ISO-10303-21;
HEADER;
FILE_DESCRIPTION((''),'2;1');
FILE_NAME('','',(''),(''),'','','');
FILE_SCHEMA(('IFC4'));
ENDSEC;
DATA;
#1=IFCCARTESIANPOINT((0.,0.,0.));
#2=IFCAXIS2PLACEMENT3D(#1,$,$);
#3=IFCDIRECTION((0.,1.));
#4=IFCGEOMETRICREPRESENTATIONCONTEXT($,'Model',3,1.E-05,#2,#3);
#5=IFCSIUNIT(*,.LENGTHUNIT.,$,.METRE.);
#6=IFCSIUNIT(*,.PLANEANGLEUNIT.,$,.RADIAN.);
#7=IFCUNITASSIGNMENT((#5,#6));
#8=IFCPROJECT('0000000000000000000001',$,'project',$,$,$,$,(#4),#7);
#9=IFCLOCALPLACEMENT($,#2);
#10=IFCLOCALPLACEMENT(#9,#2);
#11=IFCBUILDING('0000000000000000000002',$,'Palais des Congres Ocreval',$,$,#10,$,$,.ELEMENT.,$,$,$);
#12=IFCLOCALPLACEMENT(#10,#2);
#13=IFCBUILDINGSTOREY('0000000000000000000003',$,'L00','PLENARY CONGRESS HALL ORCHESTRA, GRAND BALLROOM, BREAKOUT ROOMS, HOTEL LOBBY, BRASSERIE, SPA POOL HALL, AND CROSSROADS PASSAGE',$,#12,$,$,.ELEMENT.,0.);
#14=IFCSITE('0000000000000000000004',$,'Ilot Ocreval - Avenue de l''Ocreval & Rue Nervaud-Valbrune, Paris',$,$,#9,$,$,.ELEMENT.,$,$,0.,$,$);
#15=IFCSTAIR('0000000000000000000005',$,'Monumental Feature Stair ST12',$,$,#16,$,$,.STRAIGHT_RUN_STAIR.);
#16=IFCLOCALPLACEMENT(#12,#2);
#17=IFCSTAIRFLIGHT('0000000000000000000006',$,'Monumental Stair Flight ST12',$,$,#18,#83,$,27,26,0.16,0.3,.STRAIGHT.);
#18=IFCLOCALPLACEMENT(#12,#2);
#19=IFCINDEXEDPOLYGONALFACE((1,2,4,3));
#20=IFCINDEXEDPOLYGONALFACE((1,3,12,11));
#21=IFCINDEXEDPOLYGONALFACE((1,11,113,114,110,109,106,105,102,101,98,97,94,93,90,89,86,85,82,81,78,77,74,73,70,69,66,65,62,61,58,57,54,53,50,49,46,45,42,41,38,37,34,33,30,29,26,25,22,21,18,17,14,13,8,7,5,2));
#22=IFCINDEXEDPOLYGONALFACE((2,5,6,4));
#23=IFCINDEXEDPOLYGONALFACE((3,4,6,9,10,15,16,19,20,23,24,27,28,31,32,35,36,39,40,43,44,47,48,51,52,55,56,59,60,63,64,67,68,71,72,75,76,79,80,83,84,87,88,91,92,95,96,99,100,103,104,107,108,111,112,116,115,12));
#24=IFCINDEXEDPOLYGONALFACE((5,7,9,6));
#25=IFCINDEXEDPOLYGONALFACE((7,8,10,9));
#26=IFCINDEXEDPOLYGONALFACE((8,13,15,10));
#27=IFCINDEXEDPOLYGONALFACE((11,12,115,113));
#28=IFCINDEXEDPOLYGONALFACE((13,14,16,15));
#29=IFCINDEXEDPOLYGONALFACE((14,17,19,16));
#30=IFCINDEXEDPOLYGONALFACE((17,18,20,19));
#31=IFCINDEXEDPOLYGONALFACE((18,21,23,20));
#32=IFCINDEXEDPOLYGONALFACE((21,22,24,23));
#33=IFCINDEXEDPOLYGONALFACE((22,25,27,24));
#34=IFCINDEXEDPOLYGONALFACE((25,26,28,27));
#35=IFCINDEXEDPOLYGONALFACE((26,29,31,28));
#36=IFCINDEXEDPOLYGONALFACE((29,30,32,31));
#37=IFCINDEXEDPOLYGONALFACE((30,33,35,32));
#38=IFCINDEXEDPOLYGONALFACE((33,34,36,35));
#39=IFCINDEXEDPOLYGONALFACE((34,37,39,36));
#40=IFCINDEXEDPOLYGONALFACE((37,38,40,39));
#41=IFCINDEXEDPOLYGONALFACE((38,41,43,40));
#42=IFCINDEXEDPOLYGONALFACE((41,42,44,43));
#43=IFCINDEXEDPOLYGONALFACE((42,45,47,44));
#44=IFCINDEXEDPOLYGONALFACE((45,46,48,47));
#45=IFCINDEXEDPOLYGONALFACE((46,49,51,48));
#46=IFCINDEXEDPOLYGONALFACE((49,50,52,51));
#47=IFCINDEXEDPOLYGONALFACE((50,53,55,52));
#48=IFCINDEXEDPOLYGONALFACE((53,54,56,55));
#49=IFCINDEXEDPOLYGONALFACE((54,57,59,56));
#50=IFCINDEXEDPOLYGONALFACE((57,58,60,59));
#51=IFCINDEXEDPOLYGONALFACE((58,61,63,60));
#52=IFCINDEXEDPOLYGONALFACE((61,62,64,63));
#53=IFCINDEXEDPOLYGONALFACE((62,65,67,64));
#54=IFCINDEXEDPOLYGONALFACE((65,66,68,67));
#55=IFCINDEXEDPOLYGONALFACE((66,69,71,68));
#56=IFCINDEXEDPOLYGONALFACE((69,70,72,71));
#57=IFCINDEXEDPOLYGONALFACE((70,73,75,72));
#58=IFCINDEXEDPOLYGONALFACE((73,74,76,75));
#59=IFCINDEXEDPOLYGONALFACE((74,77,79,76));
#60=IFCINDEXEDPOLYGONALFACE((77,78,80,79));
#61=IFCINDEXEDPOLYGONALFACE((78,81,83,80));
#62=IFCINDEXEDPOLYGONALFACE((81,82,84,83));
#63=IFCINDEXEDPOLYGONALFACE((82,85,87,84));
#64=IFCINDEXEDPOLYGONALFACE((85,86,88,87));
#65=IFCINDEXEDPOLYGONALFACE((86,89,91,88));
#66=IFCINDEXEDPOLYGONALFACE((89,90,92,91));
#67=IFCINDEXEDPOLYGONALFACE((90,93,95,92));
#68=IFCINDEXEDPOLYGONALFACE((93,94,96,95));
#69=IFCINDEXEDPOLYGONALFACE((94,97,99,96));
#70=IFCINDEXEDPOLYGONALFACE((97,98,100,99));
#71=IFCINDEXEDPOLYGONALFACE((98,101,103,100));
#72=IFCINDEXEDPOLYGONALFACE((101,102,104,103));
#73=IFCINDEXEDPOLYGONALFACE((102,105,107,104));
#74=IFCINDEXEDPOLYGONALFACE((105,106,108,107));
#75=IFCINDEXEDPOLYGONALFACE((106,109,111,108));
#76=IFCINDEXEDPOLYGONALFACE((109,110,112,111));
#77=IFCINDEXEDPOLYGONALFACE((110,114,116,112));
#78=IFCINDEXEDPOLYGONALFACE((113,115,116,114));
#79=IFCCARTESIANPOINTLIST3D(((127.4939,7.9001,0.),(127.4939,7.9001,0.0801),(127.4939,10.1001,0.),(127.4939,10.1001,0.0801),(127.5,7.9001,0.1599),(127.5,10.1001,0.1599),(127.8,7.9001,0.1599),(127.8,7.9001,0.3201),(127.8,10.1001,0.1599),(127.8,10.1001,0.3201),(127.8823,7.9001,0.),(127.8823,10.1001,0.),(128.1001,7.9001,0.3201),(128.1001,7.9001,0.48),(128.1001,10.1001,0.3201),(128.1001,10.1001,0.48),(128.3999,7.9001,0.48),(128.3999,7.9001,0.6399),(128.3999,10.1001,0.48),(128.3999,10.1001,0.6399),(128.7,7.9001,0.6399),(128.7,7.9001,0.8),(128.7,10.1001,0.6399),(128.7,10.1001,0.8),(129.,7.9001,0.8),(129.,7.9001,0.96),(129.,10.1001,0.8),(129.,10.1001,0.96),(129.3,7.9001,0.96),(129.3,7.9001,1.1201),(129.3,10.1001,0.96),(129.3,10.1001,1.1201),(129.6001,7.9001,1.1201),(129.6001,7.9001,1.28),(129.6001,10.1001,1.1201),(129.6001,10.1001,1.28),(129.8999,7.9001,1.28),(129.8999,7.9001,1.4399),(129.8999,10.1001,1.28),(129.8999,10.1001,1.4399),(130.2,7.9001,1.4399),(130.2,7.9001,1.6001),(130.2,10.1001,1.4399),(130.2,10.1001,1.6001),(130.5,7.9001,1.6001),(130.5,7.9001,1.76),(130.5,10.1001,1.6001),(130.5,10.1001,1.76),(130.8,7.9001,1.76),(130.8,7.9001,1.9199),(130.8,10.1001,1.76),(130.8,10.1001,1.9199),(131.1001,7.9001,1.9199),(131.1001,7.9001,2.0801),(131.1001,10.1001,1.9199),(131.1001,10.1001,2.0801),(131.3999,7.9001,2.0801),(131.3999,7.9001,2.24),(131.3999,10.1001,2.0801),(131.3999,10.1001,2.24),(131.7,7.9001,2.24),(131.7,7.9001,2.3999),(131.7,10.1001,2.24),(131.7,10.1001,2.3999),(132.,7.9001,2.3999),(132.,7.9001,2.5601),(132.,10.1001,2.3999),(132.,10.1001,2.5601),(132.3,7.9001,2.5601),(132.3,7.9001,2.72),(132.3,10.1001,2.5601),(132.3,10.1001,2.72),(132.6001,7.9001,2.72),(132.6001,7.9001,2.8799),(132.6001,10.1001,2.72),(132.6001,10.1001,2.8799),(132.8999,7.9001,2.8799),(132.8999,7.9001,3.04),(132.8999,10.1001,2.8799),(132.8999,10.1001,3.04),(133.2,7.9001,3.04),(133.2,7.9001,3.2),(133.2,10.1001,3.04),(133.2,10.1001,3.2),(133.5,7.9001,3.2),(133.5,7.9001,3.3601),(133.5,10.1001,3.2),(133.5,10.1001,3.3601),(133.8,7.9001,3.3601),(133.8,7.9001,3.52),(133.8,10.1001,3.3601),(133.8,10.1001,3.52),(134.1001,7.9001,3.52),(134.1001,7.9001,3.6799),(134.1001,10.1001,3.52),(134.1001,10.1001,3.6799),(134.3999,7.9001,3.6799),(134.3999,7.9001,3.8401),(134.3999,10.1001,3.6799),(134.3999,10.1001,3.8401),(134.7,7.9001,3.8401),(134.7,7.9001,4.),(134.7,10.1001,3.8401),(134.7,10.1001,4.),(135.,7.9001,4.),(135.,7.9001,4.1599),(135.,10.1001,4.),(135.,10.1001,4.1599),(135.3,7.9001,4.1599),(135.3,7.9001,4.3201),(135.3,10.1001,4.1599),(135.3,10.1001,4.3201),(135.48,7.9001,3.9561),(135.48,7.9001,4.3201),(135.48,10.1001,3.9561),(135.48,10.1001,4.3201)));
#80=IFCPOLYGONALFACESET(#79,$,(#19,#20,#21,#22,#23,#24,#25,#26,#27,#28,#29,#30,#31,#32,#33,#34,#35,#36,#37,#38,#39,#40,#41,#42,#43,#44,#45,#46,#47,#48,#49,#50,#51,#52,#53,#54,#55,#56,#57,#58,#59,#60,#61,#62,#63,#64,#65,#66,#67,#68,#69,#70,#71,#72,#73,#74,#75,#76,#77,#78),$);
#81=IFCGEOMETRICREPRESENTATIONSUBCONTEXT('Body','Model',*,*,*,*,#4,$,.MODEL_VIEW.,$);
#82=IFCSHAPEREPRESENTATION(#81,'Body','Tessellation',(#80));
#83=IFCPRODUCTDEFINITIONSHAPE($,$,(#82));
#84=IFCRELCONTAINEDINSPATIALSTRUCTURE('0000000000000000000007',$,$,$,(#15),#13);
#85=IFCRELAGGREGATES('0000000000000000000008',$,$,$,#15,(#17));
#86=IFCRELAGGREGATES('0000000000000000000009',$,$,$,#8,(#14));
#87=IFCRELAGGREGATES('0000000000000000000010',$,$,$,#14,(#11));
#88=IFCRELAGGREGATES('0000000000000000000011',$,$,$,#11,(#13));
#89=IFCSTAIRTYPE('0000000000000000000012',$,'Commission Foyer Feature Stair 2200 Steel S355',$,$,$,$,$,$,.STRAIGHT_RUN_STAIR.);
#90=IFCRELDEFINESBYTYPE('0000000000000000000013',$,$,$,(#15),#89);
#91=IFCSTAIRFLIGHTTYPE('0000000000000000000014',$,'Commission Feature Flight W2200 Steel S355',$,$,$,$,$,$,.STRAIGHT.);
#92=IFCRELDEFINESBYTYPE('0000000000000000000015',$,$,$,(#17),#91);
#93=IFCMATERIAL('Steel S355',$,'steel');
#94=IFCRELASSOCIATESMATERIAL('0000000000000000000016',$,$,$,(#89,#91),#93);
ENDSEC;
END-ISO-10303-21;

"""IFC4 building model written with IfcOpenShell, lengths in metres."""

from ifc_helpers import new_model, si_unit, direction, frame, origin, place, context, subcontext, project, spatial, polyline, outline, extrude, material, type_object, element, aggregate, save


model = new_model("IFC4")

# Units and contexts
model_context = context("Model", 3, precision=1e-05, world=origin(), true_north=direction((0.0, 1.0)))
body_context = subcontext(model_context, "Body", "Model", "MODEL_VIEW")
ifc_project = project(units=[si_unit("LENGTHUNIT", "METRE"), si_unit("PLANEANGLEUNIT", "RADIAN")], contexts=[model_context])

# Site, building, storey
site_placement = place(None, origin())
site = spatial("IfcSite", under=ifc_project, at=site_placement, Name="Ilot Ocreval - Avenue de l'Ocreval & Rue Nervaud-Valbrune, Paris", CompositionType="ELEMENT", RefElevation=0.0)
building_placement = place(site_placement, origin())
building = spatial("IfcBuilding", under=site, at=building_placement, Name="Palais des Congres Ocreval", CompositionType="ELEMENT")
storey_placement = place(building_placement, origin())
storey = spatial("IfcBuildingStorey", under=building, at=storey_placement, Name="L00", Description="PLENARY CONGRESS HALL ORCHESTRA, GRAND BALLROOM, BREAKOUT ROOMS, HOTEL LOBBY, BRASSERIE, SPA POOL HALL, AND CROSSROADS PASSAGE", CompositionType="ELEMENT", Elevation=0.0)

# Shared definitions
ifc_material_1 = material(Name="Steel S355", Category="steel")

# Stair, stair flight
stair_type = type_object("IfcStairType", Name="Commission Foyer Feature Stair 2200 Steel S355", PredefinedType="STRAIGHT_RUN_STAIR", material=ifc_material_1)
stair_placement = place(storey_placement, origin())
stair = element("IfcStair", 1, at=stair_placement, inside=storey, type_object=stair_type, Name="Monumental Feature Stair ST12", PredefinedType="STRAIGHT_RUN_STAIR")
stair_flight_type = type_object("IfcStairFlightType", Name="Commission Feature Flight W2200 Steel S355", PredefinedType="STRAIGHT", material=ifc_material_1)
stair_flight_placement = place(storey_placement, frame((127.5, 9.0, 0.0), z_axis=(0.0, 0.0, 1.0), x_axis=(1.0, 0.0, 0.0)))
stair_flight = element("IfcStairFlight", 2, at=stair_flight_placement, type_object=stair_flight_type, Name="Monumental Stair Flight ST12", NumberOfRisers=27, NumberOfTreads=26, PredefinedType="STRAIGHT", RiserHeight=0.16, TreadLength=0.3, context=body_context, shape_type="SweptSolid", body=[
    extrude(outline(polyline([(-0.0061, 0.0), (-0.0061, 0.0801), (0.0, 0.1599), (0.3, 0.1599), (0.3, 0.3201), (0.6001, 0.3201), (0.6001, 0.48), (0.8999, 0.48), (0.8999, 0.6399), (1.2, 0.6399), (1.2, 0.8), (1.5, 0.8), (1.5, 0.96), (1.8, 0.96), (1.8, 1.1201), (2.1001, 1.1201), (2.1001, 1.28), (2.3999, 1.28), (2.3999, 1.4399), (2.7, 1.4399), (2.7, 1.6001), (3.0, 1.6001), (3.0, 1.76), (3.3, 1.76), (3.3, 1.9199), (3.6001, 1.9199), (3.6001, 2.0801), (3.8999, 2.0801), (3.8999, 2.24), (4.2, 2.24), (4.2, 2.3999), (4.5, 2.3999), (4.5, 2.5601), (4.8, 2.5601), (4.8, 2.72), (5.1001, 2.72), (5.1001, 2.8799), (5.3999, 2.8799), (5.3999, 3.04), (5.7, 3.04), (5.7, 3.2), (6.0, 3.2), (6.0, 3.3601), (6.3, 3.3601), (6.3, 3.52), (6.6001, 3.52), (6.6001, 3.6799), (6.8999, 3.6799), (6.8999, 3.8401), (7.2, 3.8401), (7.2, 4.0), (7.5, 4.0), (7.5, 4.1599), (7.8, 4.1599), (7.8, 4.3201), (7.98, 4.3201), (7.98, 3.9561), (0.3823, 0.0), (-0.0061, 0.0)])), frame((0.0, 1.1001, 0.0), z_axis=(0.0, -1.0, 0.0), x_axis=(1.0, 0.0, 0.0)), (0.0, 0.0, 1.0), 2.2),
])
aggregate(stair, [stair_flight])

save(model, "model.ifc")
